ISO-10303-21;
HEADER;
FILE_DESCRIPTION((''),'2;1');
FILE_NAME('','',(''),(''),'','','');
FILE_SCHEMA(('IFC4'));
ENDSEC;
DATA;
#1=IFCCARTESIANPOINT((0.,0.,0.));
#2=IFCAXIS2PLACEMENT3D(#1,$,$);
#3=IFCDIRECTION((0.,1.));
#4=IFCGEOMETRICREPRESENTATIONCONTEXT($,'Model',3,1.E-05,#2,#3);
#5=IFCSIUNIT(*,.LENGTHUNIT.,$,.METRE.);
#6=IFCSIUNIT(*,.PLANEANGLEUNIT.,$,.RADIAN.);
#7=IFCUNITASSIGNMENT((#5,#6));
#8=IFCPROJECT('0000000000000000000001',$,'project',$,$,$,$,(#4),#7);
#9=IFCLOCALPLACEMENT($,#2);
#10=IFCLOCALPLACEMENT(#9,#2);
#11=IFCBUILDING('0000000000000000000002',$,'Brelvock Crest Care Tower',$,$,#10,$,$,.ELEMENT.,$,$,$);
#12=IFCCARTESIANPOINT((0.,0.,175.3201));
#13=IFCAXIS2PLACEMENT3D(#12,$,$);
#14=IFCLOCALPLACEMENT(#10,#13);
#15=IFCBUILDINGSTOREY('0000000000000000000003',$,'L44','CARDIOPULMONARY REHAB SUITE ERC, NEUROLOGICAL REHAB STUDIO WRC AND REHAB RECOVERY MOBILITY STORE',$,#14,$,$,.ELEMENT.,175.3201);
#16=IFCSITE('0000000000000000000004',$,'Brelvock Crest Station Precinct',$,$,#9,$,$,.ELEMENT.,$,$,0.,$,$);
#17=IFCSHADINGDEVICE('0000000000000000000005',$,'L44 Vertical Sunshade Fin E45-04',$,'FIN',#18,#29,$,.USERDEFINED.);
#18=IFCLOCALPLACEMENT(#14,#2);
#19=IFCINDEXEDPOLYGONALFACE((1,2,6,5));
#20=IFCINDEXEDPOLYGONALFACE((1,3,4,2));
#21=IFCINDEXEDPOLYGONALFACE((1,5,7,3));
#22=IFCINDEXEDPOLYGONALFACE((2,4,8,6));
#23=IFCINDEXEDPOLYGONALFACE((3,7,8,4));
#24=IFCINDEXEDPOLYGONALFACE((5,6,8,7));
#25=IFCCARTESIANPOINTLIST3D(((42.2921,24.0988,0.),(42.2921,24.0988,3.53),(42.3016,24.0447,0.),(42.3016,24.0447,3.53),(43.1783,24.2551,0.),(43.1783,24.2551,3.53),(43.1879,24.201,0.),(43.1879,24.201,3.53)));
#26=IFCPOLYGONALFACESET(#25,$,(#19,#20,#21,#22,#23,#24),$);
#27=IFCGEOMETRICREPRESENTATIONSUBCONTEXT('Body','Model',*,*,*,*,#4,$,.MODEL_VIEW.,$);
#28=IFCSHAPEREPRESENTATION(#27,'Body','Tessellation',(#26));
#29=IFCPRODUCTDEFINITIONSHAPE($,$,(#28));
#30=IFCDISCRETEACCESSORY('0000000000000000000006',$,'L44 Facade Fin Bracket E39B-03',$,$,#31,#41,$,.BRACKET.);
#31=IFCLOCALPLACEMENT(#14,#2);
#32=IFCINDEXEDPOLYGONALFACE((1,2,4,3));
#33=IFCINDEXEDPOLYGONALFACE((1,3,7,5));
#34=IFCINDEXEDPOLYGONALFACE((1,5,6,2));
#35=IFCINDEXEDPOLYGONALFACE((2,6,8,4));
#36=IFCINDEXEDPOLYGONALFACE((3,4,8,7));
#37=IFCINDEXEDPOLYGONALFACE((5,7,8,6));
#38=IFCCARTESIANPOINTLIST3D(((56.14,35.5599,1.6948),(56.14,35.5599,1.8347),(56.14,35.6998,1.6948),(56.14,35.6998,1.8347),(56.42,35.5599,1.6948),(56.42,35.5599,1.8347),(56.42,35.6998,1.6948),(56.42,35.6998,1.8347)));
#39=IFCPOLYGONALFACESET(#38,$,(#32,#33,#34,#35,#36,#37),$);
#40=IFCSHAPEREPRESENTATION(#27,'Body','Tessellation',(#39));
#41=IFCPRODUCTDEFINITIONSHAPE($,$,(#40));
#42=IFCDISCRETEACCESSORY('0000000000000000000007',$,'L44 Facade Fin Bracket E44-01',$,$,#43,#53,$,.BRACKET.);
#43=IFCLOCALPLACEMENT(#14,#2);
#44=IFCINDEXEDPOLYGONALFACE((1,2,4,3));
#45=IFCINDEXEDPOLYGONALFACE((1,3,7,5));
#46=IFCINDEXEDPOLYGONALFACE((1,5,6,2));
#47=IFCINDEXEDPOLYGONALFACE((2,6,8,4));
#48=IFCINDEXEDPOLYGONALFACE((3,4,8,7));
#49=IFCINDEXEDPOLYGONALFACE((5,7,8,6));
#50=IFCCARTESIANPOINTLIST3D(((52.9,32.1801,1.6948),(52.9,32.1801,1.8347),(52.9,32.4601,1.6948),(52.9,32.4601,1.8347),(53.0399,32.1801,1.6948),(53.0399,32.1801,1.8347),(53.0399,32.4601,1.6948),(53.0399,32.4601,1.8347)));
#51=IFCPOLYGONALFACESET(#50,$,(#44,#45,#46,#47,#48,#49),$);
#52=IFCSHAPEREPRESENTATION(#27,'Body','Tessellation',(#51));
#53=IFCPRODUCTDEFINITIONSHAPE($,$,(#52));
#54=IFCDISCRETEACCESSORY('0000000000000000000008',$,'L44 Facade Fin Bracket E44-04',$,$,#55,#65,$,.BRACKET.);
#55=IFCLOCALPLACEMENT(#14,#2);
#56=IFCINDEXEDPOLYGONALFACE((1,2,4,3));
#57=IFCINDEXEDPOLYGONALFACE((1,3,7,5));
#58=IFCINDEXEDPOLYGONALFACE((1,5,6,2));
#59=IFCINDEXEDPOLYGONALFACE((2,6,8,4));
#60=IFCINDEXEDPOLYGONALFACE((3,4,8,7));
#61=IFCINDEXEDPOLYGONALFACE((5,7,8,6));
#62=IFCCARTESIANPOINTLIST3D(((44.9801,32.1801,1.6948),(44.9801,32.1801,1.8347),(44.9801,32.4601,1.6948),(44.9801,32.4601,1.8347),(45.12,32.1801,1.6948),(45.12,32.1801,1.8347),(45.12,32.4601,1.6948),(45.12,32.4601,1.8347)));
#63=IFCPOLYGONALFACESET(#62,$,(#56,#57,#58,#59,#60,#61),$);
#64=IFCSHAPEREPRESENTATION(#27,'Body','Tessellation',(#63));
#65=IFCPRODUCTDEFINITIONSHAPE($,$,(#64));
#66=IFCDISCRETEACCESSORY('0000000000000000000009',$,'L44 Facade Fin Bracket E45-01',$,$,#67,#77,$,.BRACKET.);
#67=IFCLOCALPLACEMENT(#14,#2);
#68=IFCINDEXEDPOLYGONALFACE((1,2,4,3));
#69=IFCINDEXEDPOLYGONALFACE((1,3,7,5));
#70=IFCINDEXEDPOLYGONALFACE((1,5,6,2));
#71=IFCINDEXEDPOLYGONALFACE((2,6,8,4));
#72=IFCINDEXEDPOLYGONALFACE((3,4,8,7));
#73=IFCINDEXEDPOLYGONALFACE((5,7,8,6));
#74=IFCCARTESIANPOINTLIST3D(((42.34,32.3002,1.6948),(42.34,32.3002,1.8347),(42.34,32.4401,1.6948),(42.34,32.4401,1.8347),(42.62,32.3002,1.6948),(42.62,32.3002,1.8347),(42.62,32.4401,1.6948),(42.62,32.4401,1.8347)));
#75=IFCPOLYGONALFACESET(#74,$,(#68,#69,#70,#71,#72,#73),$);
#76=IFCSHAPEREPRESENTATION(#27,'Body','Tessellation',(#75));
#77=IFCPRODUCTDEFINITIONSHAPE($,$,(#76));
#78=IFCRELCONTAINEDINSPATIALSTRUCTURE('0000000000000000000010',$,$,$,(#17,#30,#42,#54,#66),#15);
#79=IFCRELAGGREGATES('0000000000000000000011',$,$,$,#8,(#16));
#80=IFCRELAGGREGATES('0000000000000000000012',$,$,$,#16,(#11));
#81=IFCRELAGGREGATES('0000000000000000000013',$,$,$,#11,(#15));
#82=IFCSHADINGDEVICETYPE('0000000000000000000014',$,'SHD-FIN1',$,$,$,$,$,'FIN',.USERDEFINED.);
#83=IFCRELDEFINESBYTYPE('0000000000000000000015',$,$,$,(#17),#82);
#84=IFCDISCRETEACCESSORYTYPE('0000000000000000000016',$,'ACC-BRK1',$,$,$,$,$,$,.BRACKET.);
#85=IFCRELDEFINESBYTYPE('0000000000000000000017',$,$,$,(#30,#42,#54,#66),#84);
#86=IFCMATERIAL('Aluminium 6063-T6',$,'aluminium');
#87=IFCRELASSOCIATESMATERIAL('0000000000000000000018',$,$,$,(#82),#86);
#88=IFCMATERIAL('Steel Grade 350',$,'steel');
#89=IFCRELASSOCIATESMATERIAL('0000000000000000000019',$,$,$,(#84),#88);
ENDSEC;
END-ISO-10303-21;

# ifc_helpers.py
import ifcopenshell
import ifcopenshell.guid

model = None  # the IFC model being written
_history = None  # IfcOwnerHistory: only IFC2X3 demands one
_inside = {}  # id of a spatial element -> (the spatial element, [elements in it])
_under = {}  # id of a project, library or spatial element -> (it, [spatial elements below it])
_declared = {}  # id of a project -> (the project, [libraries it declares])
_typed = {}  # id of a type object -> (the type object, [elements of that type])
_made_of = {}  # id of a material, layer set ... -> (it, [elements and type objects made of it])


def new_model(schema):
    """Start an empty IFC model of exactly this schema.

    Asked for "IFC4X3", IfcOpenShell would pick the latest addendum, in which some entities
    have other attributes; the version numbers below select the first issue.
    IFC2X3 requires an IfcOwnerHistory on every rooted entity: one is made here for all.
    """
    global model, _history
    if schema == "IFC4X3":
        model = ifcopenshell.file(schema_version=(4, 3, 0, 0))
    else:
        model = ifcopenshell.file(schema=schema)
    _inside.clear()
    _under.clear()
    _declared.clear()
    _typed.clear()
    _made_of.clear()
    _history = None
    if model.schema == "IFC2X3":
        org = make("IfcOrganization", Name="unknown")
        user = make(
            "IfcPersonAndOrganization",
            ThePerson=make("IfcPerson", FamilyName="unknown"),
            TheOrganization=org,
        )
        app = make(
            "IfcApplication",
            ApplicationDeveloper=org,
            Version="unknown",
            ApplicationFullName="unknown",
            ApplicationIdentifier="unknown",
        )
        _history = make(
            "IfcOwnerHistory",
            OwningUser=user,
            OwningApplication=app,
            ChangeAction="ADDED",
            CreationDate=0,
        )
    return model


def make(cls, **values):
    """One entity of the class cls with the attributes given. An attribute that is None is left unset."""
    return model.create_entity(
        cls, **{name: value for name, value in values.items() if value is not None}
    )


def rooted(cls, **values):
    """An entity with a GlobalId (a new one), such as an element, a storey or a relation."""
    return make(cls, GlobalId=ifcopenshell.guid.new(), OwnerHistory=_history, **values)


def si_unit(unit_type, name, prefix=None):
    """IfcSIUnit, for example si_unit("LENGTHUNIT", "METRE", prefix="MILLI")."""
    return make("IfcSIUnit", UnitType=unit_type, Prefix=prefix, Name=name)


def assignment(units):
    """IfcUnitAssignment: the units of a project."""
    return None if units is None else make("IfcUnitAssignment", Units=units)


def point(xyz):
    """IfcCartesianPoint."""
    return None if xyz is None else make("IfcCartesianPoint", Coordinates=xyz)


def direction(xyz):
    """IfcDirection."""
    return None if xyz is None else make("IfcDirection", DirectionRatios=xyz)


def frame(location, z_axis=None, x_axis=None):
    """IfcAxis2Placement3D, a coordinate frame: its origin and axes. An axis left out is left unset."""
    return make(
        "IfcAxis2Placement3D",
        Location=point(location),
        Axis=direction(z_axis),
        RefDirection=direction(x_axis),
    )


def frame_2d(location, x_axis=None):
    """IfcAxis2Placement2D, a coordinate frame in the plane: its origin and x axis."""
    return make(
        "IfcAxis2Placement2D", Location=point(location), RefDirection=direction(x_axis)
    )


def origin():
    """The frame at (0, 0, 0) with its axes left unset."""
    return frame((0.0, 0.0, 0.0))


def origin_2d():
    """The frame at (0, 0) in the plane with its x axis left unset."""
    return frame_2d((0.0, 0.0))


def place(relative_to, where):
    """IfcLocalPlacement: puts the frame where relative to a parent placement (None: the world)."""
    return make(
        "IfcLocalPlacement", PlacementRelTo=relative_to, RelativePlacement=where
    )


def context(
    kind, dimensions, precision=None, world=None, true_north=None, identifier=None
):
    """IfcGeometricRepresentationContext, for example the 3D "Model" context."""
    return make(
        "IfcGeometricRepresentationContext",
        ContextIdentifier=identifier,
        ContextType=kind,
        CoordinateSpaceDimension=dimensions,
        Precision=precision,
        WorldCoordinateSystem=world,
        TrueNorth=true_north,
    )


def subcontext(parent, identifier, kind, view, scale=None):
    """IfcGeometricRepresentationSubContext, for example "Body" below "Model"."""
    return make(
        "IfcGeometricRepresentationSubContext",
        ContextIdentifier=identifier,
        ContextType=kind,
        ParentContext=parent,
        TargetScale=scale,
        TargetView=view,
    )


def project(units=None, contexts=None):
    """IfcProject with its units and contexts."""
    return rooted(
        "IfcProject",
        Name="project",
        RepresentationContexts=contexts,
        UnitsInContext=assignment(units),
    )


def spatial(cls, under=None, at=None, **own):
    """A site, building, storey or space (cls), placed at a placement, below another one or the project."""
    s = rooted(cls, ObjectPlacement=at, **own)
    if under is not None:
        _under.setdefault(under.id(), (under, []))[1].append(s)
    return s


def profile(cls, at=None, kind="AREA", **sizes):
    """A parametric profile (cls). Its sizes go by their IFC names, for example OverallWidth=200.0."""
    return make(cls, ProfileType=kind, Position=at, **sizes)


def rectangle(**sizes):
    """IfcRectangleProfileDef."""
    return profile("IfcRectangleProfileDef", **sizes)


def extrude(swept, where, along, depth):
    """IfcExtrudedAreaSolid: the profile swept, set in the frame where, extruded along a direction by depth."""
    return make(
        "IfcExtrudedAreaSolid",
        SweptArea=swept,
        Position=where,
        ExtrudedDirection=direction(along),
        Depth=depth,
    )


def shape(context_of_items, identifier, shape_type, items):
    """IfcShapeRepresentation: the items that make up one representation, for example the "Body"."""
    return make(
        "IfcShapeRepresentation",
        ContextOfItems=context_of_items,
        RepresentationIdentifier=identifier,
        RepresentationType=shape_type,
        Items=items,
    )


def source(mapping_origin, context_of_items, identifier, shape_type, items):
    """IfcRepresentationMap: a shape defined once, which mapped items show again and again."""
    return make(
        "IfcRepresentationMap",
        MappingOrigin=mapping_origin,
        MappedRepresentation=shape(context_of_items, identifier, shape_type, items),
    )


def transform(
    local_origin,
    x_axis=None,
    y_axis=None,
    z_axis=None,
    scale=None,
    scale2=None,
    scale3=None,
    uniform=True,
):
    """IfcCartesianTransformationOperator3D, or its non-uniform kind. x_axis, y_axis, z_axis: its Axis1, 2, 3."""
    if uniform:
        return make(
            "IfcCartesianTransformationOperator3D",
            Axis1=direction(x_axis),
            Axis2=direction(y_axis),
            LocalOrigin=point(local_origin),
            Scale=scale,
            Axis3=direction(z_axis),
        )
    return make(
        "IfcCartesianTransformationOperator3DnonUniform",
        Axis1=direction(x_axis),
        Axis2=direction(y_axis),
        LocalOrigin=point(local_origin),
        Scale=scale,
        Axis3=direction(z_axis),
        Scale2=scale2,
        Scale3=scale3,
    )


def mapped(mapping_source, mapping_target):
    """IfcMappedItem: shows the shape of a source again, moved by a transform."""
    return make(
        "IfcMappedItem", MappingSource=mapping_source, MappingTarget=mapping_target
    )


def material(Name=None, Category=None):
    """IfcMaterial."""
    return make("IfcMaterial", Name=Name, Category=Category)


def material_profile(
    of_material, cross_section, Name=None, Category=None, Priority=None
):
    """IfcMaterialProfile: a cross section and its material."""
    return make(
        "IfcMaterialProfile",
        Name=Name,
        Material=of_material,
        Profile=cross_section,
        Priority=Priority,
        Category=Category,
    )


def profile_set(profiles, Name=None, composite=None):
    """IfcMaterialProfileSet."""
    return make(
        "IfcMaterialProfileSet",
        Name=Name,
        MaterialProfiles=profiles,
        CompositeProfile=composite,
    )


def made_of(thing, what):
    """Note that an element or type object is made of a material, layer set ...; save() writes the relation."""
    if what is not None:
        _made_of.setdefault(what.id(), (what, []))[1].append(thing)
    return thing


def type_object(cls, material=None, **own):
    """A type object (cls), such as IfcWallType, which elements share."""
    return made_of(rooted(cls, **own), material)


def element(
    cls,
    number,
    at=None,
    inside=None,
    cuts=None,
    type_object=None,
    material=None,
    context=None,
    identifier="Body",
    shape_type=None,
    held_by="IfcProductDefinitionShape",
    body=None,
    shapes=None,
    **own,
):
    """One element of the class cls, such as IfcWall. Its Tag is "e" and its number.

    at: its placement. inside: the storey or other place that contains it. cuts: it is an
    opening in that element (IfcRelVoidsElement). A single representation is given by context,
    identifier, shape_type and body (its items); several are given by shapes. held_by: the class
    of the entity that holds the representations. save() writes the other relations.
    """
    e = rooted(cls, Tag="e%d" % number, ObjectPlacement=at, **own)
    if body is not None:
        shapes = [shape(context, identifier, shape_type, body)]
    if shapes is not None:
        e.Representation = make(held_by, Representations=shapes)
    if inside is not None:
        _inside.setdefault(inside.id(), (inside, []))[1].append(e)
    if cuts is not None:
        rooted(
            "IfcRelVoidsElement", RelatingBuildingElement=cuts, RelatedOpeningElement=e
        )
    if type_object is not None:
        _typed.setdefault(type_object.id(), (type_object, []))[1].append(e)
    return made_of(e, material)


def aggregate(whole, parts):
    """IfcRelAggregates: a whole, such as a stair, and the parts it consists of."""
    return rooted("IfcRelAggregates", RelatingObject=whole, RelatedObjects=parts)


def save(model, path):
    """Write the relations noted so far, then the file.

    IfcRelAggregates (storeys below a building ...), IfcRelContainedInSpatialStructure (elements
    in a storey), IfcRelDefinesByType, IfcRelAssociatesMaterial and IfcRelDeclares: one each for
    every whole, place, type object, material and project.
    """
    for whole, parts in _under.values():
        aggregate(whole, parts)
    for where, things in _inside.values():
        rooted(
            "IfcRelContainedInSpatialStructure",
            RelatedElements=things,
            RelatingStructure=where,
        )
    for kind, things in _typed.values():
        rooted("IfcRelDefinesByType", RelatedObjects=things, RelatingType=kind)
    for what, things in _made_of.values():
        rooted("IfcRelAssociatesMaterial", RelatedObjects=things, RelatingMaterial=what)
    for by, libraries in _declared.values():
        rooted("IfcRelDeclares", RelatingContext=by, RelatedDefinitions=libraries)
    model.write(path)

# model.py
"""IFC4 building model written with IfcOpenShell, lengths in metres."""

from ifc_helpers import new_model, si_unit, direction, frame, origin, origin_2d, place, context, subcontext, project, spatial, rectangle, extrude, source, transform, mapped, material, material_profile, profile_set, type_object, element, save


model = new_model("IFC4")

# Units and contexts
model_context = context("Model", 3, precision=1e-05, world=origin(), true_north=direction((0.0, 1.0)))
body_context = subcontext(model_context, "Body", "Model", "MODEL_VIEW")
ifc_project = project(units=[si_unit("LENGTHUNIT", "METRE"), si_unit("PLANEANGLEUNIT", "RADIAN")], contexts=[model_context])

# Site, building, storey
site_placement = place(None, origin())
site = spatial("IfcSite", under=ifc_project, at=site_placement, Name="Brelvock Crest Station Precinct", CompositionType="ELEMENT", RefElevation=0.0)
building_placement = place(site_placement, origin())
building = spatial("IfcBuilding", under=site, at=building_placement, Name="Brelvock Crest Care Tower", CompositionType="ELEMENT")
storey_placement = place(building_placement, frame((0.0, 0.0, 175.3201)))
storey = spatial("IfcBuildingStorey", under=building, at=storey_placement, Name="L44", Description="CARDIOPULMONARY REHAB SUITE ERC, NEUROLOGICAL REHAB STUDIO WRC AND REHAB RECOVERY MOBILITY STORE", CompositionType="ELEMENT", Elevation=175.3201)

# Shared definitions
ifc_material_1 = material(Name="Steel Grade 350", Category="steel")

# Shared definitions
ifc_material_2 = material(Name="Aluminium 6063-T6", Category="aluminium")

# Shading device
ifc_material_profile_1 = material_profile(ifc_material_2, rectangle(XDim=0.0549, YDim=0.8999, at=origin_2d()), Name="FIN55x900")
ifc_profile_set_1 = profile_set([ifc_material_profile_1], Name="Aluminium 6063-T6")
shading_device_type = type_object("IfcShadingDeviceType", Name="SHD-FIN1", ElementType="FIN", PredefinedType="USERDEFINED", material=ifc_profile_set_1)
shared_shape_1 = source(origin(), body_context, "Body", "SweptSolid", [
    extrude(rectangle(XDim=0.0549, YDim=0.8999, at=origin_2d()), origin(), (0.0, 0.0, 1.0), 3.53),
])
for number, where, z_axis, x_axis, name in (
    (1, (42.74, 24.1499, 0.0), (0.0, 0.0, 1.0), (0.173648, -0.984808, 0.0), "L44 Vertical Sunshade Fin E45-04"),
):
    element("IfcShadingDevice", number, at=place(storey_placement, frame(where, z_axis=z_axis, x_axis=x_axis)), inside=storey, type_object=shading_device_type, Name=name, ObjectType="FIN", PredefinedType="USERDEFINED", context=body_context, shape_type="MappedRepresentation", body=[
        mapped(shared_shape_1, transform((0.0, 0.0, 0.0), x_axis=(1.0, 0.0, 0.0), y_axis=(0.0, 1.0, 0.0), z_axis=(0.0, 0.0, 1.0), scale=1.0)),
    ])

# Discrete accessories
discrete_accessory_type = type_object("IfcDiscreteAccessoryType", Name="ACC-BRK1", PredefinedType="BRACKET", material=ifc_material_1)
shared_shape_2 = source(origin(), body_context, "Body", "SweptSolid", [
    extrude(rectangle(XDim=0.28, YDim=0.1399, at=origin_2d()), origin(), (0.0, 0.0, 1.0), 0.1399),
])
for number, where, z_axis, x_axis, name in (
    (2, (56.28, 35.6299, 1.6948), (0.0, 0.0, 1.0), (1.0, 0.0, 0.0), "L44 Facade Fin Bracket E39B-03"),
    (3, (52.97, 32.3201, 1.6948), (0.0, 0.0, 1.0), (0.0, -1.0, 0.0), "L44 Facade Fin Bracket E44-01"),
    (4, (45.05, 32.3201, 1.6948), (0.0, 0.0, 1.0), (0.0, -1.0, 0.0), "L44 Facade Fin Bracket E44-04"),
    (5, (42.48, 32.3701, 1.6948), (0.0, 0.0, 1.0), (1.0, 0.0, 0.0), "L44 Facade Fin Bracket E45-01"),
):
    element("IfcDiscreteAccessory", number, at=place(storey_placement, frame(where, z_axis=z_axis, x_axis=x_axis)), inside=storey, type_object=discrete_accessory_type, Name=name, PredefinedType="BRACKET", context=body_context, shape_type="MappedRepresentation", body=[
        mapped(shared_shape_2, transform((0.0, 0.0, 0.0), x_axis=(1.0, 0.0, 0.0), y_axis=(0.0, 1.0, 0.0), z_axis=(0.0, 0.0, 1.0), scale=1.0)),
    ])

save(model, "model.ifc")
